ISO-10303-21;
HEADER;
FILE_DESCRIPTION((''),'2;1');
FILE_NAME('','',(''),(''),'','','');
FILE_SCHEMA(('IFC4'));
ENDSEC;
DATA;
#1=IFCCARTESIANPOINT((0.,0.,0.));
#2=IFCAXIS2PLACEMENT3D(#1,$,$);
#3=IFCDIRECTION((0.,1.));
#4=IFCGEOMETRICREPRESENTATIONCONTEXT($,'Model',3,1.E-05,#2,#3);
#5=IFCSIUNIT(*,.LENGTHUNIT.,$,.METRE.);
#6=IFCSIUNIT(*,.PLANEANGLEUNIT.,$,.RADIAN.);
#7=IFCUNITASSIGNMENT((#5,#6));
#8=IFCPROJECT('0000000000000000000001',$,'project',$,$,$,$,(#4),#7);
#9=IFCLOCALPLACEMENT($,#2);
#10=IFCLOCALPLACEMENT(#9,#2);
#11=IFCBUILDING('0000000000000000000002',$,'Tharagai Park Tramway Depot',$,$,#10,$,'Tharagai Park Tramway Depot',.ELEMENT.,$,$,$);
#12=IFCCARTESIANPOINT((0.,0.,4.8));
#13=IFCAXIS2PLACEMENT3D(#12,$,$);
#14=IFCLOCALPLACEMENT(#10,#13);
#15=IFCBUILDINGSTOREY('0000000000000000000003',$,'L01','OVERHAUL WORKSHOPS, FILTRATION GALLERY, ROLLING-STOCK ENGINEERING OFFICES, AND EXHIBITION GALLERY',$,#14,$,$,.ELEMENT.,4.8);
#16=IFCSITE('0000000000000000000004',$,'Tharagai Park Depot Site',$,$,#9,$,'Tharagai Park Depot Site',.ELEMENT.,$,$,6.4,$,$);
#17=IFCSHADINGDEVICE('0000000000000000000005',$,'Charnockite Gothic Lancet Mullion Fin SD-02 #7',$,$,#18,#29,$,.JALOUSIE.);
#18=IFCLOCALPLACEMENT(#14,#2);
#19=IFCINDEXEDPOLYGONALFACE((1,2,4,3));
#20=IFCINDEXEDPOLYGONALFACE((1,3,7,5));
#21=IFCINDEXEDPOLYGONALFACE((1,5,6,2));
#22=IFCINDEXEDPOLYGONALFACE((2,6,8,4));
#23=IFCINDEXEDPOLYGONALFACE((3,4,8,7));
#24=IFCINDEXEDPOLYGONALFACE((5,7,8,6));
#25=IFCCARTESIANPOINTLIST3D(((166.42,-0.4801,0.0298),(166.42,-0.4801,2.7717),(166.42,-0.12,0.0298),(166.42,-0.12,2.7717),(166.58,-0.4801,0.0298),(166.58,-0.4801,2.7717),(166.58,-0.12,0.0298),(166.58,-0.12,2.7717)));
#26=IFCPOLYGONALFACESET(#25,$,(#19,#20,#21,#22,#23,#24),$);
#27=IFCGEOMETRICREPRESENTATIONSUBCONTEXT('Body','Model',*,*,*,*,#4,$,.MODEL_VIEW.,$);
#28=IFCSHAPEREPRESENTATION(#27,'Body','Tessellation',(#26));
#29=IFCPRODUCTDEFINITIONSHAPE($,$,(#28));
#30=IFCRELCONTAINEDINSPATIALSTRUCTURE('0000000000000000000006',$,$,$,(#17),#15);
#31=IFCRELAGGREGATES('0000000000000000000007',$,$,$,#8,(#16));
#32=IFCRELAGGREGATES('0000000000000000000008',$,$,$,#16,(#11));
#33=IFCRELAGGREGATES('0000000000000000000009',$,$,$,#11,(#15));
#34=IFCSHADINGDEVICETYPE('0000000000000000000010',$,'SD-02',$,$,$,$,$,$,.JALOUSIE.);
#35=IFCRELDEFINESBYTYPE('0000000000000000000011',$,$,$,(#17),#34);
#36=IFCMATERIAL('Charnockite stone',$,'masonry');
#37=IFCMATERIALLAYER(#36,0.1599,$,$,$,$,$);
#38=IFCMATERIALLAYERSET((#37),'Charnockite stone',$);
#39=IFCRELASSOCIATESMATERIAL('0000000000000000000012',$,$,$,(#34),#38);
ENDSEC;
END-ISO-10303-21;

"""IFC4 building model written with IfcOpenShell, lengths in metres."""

from ifc_helpers import new_model, si_unit, direction, frame, origin, origin_2d, place, context, subcontext, project, spatial, rectangle, extrude, material, layer, layer_set, type_object, element, save


model = new_model("IFC4")

# Units and contexts
model_context = context("Model", 3, precision=1e-05, world=origin(), true_north=direction((0.0, 1.0)))
body_context = subcontext(model_context, "Body", "Model", "MODEL_VIEW")
ifc_project = project(units=[si_unit("LENGTHUNIT", "METRE"), si_unit("PLANEANGLEUNIT", "RADIAN")], contexts=[model_context])

# Site, building, storey
site_placement = place(None, origin())
site = spatial("IfcSite", under=ifc_project, at=site_placement, Name="Tharagai Park Depot Site", LongName="Tharagai Park Depot Site", CompositionType="ELEMENT", RefElevation=6.4)
building_placement = place(site_placement, origin())
building = spatial("IfcBuilding", under=site, at=building_placement, Name="Tharagai Park Tramway Depot", LongName="Tharagai Park Tramway Depot", CompositionType="ELEMENT")
storey_placement = place(building_placement, frame((0.0, 0.0, 4.8)))
storey = spatial("IfcBuildingStorey", under=building, at=storey_placement, Name="L01", Description="OVERHAUL WORKSHOPS, FILTRATION GALLERY, ROLLING-STOCK ENGINEERING OFFICES, AND EXHIBITION GALLERY", CompositionType="ELEMENT", Elevation=4.8)

# Shading device
ifc_material_1 = material(Name="Charnockite stone", Category="masonry")
ifc_layer_1 = layer(ifc_material_1, 0.1599)
ifc_layer_set_1 = layer_set([ifc_layer_1], Name="Charnockite stone")
shading_device_type_1 = type_object("IfcShadingDeviceType", Name="SD-02", PredefinedType="JALOUSIE", material=ifc_layer_set_1)
shading_device_1_placement = place(storey_placement, frame((166.5, -0.3, 0.0298), z_axis=(0.0, 0.0, 1.0), x_axis=(1.0, 0.0, 0.0)))
element("IfcShadingDevice", 1, at=shading_device_1_placement, inside=storey, type_object=shading_device_type_1, Name="Charnockite Gothic Lancet Mullion Fin SD-02 #7", PredefinedType="JALOUSIE", context=body_context, shape_type="SweptSolid", body=[
    extrude(rectangle(XDim=0.1599, YDim=0.3601, at=origin_2d()), origin(), (0.0, 0.0, 1.0), 2.7419),
])

save(model, "model.ifc")
